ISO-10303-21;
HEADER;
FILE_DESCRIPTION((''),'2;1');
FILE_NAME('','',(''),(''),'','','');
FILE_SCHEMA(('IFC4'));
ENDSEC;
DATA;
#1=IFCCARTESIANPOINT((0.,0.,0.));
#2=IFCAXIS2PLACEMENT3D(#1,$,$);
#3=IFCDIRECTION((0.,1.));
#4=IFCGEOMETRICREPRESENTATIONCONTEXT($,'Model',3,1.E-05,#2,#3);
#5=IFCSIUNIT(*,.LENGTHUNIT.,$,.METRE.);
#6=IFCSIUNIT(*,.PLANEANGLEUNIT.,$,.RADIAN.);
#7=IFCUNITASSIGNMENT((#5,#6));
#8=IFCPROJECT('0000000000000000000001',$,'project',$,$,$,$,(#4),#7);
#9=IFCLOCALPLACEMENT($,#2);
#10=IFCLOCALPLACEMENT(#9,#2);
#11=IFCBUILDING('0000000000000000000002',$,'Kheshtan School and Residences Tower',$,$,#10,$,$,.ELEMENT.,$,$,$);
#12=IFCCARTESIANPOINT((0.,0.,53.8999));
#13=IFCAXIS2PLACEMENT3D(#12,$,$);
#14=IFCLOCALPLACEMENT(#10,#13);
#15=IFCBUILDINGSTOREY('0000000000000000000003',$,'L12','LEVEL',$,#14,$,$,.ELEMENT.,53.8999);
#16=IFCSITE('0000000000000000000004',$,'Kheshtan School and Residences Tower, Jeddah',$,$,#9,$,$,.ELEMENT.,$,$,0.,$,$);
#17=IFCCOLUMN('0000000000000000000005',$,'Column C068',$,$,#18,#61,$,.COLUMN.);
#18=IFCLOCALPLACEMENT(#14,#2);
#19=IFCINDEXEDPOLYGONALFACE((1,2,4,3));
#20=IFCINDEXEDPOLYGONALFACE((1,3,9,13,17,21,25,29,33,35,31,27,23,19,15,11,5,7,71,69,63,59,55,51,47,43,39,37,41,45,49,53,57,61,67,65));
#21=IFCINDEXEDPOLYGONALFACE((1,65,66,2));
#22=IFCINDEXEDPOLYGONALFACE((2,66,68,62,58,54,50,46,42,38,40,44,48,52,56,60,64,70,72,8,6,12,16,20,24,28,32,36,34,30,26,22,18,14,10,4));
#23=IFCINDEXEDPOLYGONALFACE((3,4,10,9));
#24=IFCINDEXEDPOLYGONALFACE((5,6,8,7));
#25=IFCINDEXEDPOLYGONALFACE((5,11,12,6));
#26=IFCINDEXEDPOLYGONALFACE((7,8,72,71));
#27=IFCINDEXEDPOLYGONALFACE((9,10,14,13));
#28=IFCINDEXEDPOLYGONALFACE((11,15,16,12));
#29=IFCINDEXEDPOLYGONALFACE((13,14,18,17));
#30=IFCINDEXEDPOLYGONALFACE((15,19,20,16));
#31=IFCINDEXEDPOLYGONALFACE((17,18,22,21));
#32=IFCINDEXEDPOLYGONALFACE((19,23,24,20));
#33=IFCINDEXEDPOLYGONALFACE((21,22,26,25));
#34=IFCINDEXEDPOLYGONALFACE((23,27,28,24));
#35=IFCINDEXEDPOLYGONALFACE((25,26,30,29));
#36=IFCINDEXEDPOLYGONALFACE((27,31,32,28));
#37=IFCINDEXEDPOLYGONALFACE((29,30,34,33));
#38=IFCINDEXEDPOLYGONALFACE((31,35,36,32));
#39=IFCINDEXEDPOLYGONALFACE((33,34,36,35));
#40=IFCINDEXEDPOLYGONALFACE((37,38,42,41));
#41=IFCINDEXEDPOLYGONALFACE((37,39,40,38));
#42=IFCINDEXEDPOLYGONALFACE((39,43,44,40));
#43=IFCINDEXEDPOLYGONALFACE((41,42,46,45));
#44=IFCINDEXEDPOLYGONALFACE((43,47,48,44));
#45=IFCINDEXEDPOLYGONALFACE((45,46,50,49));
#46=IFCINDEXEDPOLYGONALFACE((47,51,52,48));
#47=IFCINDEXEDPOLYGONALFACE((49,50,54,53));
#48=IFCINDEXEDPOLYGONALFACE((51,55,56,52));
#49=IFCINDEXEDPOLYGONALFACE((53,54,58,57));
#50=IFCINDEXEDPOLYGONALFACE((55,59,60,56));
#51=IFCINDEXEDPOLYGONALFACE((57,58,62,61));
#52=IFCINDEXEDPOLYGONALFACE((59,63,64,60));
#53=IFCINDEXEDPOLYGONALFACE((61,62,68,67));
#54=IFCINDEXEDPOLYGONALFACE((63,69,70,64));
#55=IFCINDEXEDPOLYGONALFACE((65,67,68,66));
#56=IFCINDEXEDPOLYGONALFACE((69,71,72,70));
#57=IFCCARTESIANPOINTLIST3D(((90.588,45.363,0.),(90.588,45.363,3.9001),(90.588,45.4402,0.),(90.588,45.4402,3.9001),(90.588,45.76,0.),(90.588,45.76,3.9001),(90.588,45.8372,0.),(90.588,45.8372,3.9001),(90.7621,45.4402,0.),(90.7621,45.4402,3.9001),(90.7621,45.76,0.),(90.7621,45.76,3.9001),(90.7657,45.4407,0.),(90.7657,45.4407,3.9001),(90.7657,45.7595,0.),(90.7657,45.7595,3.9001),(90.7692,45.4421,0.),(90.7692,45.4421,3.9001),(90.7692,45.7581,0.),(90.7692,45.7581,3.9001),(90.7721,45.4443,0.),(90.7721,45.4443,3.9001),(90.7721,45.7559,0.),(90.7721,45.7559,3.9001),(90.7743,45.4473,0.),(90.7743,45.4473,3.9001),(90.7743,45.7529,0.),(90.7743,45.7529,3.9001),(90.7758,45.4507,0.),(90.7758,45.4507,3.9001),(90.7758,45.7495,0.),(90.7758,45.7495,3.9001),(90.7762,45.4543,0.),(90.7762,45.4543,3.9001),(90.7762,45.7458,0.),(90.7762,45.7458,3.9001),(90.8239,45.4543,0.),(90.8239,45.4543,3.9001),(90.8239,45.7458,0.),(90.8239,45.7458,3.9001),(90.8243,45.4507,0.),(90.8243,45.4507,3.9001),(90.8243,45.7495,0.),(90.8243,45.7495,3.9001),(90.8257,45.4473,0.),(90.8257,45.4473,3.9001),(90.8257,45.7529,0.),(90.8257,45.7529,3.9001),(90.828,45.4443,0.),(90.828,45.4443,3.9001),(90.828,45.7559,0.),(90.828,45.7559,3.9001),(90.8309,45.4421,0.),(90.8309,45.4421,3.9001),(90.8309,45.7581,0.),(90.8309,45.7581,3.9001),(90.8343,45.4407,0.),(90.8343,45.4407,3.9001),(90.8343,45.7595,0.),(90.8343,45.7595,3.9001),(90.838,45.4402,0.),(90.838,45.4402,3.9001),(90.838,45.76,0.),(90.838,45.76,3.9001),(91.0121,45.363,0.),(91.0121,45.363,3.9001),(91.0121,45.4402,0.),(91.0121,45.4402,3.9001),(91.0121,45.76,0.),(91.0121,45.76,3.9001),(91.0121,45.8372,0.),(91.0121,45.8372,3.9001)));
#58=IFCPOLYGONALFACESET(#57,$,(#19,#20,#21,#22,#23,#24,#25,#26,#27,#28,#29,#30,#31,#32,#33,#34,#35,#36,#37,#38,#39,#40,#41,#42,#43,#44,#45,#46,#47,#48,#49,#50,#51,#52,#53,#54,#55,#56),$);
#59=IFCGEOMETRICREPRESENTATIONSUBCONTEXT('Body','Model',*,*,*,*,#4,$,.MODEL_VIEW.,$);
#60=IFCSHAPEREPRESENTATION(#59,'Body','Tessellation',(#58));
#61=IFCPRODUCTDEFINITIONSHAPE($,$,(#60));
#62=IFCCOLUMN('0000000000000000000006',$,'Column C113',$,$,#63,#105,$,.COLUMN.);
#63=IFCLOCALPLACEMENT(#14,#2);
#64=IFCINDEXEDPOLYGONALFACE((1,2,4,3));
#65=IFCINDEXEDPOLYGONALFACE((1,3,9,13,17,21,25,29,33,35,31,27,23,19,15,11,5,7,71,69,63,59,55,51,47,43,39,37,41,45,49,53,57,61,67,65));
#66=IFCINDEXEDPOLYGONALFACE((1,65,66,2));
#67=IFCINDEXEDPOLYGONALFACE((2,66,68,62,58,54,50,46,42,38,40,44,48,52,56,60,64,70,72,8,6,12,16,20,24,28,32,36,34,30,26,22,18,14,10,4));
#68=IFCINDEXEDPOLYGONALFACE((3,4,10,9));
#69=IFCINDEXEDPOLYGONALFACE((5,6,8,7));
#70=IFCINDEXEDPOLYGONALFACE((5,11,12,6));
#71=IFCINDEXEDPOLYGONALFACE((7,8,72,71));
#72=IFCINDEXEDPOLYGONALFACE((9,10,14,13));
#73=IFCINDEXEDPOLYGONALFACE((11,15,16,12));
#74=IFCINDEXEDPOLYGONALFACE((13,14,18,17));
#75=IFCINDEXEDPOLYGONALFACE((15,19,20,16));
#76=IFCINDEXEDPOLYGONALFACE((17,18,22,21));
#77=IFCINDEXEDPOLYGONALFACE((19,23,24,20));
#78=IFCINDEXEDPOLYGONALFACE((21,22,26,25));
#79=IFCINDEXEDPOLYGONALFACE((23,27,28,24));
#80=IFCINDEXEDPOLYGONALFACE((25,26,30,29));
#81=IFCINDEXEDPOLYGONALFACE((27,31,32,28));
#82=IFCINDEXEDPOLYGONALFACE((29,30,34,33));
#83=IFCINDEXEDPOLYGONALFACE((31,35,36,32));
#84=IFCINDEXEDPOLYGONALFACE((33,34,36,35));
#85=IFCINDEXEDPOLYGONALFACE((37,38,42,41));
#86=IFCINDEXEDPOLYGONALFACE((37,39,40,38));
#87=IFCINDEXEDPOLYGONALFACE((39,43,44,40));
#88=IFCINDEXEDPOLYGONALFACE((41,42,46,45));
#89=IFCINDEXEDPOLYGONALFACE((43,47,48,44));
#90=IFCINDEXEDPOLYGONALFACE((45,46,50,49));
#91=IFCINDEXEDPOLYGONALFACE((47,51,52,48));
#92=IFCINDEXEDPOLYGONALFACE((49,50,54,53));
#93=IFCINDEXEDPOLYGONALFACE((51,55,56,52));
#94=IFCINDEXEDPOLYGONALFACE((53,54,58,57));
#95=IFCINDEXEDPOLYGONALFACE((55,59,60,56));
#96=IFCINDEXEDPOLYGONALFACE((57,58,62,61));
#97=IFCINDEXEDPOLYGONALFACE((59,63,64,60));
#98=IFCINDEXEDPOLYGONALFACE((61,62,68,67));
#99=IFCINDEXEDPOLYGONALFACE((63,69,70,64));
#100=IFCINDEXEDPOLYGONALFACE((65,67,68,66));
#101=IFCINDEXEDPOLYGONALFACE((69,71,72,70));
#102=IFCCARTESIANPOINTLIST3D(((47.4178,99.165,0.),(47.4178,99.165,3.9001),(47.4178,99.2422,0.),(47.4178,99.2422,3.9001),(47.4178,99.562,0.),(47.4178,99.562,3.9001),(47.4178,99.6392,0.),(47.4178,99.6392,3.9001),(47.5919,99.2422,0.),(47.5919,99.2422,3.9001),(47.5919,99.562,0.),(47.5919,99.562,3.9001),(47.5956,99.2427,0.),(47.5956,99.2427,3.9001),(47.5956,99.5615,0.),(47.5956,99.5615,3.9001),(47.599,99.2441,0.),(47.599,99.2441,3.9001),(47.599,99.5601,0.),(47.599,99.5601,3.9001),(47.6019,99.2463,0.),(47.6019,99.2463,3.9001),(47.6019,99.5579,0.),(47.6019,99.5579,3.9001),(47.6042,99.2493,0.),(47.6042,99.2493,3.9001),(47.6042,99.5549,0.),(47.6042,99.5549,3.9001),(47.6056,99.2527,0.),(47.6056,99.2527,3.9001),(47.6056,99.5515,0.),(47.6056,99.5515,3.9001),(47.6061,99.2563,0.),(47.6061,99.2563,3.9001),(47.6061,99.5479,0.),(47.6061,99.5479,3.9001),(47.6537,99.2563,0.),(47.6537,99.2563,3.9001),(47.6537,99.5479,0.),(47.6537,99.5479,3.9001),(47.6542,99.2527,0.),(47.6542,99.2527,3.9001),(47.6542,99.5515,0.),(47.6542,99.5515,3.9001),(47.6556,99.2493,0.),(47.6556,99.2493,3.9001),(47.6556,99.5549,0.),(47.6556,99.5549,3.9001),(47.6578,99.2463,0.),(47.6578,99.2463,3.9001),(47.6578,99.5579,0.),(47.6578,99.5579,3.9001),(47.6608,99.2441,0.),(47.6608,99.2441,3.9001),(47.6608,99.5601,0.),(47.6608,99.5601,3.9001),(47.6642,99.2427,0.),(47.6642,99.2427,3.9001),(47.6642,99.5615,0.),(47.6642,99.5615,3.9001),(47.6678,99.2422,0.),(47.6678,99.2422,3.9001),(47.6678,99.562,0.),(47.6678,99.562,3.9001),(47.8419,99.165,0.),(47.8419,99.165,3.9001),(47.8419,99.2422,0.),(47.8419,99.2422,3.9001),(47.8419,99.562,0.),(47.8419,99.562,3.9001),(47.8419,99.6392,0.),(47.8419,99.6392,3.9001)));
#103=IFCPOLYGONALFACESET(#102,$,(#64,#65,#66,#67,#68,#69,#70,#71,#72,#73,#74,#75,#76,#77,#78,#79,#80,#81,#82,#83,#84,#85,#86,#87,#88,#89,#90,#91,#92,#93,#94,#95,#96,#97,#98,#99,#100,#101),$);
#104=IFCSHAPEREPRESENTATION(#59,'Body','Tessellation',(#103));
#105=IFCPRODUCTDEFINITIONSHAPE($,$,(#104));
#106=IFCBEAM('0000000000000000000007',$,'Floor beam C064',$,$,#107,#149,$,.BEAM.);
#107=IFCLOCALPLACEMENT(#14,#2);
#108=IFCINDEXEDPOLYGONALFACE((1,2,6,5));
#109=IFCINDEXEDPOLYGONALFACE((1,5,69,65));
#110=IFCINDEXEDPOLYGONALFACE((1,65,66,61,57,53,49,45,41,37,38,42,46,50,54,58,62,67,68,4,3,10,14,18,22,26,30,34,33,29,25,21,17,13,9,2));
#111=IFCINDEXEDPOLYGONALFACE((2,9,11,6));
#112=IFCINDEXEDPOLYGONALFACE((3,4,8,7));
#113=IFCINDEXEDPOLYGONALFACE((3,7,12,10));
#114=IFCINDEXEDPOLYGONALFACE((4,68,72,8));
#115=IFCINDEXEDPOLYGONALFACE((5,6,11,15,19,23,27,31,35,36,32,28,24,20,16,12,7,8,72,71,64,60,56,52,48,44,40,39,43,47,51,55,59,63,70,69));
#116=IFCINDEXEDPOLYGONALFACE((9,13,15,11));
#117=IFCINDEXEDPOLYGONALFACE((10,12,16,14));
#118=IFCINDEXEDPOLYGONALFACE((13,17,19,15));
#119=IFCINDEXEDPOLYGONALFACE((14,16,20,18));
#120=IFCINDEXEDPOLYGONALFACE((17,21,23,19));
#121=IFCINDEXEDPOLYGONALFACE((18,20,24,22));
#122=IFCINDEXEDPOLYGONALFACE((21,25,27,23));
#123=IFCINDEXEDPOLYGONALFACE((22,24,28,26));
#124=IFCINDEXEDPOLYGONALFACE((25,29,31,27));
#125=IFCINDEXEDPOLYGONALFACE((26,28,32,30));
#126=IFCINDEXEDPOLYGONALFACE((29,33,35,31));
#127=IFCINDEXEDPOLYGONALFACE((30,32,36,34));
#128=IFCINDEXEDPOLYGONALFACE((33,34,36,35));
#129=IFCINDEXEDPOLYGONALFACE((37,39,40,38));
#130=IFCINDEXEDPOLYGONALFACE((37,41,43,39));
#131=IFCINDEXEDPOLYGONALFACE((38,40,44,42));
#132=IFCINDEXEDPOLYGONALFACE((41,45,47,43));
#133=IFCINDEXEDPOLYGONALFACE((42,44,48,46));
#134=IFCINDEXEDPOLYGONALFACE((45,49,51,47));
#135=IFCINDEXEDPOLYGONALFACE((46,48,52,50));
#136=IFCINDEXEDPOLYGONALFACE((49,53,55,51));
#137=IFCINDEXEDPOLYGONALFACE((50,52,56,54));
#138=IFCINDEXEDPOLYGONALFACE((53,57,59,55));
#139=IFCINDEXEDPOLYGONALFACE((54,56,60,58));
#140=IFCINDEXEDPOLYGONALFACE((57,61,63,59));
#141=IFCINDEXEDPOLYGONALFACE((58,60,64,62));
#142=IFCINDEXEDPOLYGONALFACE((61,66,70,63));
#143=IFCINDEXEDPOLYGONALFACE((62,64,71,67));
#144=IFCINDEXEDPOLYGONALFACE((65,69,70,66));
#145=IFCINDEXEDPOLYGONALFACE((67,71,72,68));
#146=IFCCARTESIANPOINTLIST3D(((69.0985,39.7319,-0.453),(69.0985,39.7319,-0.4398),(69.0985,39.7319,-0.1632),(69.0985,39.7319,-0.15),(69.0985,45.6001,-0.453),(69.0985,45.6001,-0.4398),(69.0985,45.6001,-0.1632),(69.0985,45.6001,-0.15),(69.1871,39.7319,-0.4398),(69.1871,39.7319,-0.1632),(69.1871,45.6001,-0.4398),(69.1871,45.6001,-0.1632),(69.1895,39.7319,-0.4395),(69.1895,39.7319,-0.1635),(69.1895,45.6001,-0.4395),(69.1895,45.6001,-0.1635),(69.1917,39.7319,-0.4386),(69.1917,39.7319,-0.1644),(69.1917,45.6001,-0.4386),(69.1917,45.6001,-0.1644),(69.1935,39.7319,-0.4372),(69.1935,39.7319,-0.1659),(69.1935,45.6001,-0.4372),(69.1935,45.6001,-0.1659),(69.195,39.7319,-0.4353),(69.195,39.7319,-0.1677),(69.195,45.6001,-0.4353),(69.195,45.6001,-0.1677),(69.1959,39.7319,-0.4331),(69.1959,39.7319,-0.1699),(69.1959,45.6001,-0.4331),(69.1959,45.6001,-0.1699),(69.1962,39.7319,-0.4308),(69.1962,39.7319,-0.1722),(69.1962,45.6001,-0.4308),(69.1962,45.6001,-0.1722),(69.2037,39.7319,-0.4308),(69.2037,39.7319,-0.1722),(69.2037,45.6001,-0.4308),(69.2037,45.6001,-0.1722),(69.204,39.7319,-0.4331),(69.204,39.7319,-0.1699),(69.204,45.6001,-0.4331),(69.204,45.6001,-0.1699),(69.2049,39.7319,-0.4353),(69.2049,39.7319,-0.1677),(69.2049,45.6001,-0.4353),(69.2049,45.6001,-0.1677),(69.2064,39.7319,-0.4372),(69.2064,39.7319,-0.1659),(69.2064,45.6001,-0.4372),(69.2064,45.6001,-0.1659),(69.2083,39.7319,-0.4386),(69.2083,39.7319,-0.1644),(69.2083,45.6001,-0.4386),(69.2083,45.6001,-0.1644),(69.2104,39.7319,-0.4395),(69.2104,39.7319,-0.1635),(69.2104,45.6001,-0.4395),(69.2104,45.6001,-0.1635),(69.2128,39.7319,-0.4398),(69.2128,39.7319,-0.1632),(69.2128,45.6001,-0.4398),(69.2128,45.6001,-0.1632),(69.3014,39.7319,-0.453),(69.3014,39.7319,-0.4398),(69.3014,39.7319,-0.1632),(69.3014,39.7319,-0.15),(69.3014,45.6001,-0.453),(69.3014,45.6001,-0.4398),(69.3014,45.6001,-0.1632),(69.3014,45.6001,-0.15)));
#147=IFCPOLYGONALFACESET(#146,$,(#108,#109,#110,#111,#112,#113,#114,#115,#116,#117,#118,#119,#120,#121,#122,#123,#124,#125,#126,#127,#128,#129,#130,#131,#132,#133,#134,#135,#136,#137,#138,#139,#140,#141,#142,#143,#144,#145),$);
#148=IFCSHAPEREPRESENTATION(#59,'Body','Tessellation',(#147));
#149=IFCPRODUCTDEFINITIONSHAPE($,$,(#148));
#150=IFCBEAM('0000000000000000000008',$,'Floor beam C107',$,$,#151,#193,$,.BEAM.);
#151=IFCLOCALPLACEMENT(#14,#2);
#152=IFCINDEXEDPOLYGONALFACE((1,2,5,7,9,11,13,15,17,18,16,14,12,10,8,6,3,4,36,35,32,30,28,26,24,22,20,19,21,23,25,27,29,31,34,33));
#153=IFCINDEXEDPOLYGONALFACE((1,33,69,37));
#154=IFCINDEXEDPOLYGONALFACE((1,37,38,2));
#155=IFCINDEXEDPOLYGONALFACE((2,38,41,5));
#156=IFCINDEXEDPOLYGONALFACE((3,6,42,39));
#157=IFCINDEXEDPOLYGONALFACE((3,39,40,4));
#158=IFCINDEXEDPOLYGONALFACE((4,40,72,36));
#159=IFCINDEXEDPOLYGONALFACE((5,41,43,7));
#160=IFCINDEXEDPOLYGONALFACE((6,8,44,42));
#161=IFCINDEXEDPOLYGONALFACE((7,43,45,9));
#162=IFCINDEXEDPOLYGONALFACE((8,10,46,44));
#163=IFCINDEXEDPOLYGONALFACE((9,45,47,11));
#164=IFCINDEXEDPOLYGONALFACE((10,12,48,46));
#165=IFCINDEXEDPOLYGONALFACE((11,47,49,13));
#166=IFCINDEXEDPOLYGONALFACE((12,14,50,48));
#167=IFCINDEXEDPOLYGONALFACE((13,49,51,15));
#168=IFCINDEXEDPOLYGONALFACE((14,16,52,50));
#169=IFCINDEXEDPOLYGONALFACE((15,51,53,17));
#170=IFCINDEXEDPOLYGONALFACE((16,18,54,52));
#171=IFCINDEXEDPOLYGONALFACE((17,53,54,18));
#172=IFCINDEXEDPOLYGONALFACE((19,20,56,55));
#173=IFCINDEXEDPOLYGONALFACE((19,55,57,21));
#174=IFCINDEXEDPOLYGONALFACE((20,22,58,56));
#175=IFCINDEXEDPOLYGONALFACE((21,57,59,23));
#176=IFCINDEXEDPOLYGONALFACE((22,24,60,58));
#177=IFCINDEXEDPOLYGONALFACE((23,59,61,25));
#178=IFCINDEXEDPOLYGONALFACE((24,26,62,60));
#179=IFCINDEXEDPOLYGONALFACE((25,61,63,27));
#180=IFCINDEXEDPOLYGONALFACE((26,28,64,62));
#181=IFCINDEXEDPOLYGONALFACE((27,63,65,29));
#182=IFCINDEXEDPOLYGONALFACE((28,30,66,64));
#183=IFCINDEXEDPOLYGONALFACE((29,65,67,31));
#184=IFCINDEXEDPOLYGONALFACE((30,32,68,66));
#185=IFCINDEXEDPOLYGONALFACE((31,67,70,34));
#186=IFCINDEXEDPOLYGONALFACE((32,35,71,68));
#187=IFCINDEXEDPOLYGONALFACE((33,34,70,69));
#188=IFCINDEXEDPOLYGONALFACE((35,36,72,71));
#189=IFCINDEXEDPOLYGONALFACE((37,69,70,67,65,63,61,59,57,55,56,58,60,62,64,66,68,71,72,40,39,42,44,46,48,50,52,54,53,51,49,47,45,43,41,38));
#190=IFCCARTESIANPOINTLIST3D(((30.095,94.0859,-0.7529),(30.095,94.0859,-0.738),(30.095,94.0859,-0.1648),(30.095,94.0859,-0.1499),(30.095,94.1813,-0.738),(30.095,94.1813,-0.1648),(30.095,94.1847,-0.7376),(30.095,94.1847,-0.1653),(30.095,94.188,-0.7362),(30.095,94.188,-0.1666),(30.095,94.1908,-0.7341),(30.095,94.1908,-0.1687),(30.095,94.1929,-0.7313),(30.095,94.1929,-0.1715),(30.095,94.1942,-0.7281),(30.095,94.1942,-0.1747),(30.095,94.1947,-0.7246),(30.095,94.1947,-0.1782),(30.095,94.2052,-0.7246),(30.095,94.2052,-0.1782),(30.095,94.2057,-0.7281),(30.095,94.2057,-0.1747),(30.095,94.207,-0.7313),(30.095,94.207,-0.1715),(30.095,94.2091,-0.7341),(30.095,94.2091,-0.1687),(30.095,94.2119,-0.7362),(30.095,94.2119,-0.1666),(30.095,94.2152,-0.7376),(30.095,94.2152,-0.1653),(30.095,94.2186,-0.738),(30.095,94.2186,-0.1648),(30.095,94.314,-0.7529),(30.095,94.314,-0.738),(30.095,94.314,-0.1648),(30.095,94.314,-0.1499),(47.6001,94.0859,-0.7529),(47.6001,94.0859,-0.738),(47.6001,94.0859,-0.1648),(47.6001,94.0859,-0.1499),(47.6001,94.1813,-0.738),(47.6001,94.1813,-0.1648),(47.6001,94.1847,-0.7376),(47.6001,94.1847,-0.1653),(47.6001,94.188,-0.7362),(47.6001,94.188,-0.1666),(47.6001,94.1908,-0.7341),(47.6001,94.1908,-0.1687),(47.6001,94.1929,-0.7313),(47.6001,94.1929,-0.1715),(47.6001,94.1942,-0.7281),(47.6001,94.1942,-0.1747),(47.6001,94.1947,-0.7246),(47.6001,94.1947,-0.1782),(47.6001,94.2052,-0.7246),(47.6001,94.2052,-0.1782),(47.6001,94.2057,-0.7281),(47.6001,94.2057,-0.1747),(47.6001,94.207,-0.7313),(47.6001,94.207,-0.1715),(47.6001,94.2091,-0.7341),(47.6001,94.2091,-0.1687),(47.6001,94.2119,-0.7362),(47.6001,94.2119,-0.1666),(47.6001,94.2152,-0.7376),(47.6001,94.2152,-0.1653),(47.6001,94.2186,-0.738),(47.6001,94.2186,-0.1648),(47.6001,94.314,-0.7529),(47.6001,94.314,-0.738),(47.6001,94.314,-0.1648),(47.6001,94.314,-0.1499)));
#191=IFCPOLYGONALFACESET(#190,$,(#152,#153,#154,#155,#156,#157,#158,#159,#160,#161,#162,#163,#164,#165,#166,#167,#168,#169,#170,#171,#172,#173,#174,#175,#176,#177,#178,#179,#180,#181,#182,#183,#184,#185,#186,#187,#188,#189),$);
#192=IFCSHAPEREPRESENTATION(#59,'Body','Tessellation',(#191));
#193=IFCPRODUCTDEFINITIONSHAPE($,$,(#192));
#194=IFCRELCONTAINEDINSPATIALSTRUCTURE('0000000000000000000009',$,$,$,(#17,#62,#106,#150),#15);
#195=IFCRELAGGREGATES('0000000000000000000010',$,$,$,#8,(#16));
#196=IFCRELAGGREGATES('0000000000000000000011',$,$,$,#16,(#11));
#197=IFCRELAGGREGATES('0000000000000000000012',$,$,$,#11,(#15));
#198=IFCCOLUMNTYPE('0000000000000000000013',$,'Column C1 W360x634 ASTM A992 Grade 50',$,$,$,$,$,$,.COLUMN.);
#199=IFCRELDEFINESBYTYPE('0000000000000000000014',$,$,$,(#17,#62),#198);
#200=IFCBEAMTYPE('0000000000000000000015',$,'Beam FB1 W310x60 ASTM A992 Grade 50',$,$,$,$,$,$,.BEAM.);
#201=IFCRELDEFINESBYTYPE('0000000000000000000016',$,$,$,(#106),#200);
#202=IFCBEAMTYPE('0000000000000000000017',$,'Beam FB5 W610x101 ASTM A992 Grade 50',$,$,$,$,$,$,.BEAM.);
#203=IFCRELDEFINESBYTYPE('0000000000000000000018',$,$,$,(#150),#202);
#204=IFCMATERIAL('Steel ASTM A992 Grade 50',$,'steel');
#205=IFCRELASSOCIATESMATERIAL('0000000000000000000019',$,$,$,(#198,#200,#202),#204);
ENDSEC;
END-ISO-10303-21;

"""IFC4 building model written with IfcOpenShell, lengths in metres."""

from ifc_helpers import new_model, si_unit, direction, frame, origin, origin_2d, place, context, subcontext, project, spatial, i_section, extrude, material, material_profile, profile_set, type_object, element, save


model = new_model("IFC4")

# Units and contexts
model_context = context("Model", 3, precision=1e-05, world=origin(), true_north=direction((0.0, 1.0)))
body_context = subcontext(model_context, "Body", "Model", "MODEL_VIEW")
ifc_project = project(units=[si_unit("LENGTHUNIT", "METRE"), si_unit("PLANEANGLEUNIT", "RADIAN")], contexts=[model_context])

# Site, building, storey
site_placement = place(None, origin())
site = spatial("IfcSite", under=ifc_project, at=site_placement, Name="Kheshtan School and Residences Tower, Jeddah", CompositionType="ELEMENT", RefElevation=0.0)
building_placement = place(site_placement, origin())
building = spatial("IfcBuilding", under=site, at=building_placement, Name="Kheshtan School and Residences Tower", CompositionType="ELEMENT")
storey_placement = place(building_placement, frame((0.0, 0.0, 53.8999)))
storey = spatial("IfcBuildingStorey", under=building, at=storey_placement, Name="L12", Description="LEVEL", CompositionType="ELEMENT", Elevation=53.8999)

# Columns
ifc_material = material(Name="Steel ASTM A992 Grade 50", Category="steel")
ifc_material_profile_1 = material_profile(ifc_material, i_section(OverallWidth=0.4241, OverallDepth=0.4741, WebThickness=0.0476, FlangeThickness=0.0771, FilletRadius=0.0142, at=origin_2d()), Name="W360x634")
ifc_profile_set_1 = profile_set([ifc_material_profile_1], Name="Steel ASTM A992 Grade 50")
column_type = type_object("IfcColumnType", Name="Column C1 W360x634 ASTM A992 Grade 50", PredefinedType="COLUMN", material=ifc_profile_set_1)
for number, where, z_axis, x_axis, name in (
    (1, (90.8, 45.6001, 0.0), (0.0, 0.0, 1.0), (1.0, 0.0, 0.0), "Column C068"),
    (2, (47.6299, 99.4021, 0.0), (0.0, 0.0, 1.0), (1.0, 0.0, 0.0), "Column C113"),
):
    element("IfcColumn", number, at=place(storey_placement, frame(where, z_axis=z_axis, x_axis=x_axis)), inside=storey, type_object=column_type, Name=name, PredefinedType="COLUMN", context=body_context, shape_type="SweptSolid", body=[
        extrude(i_section(OverallWidth=0.4241, OverallDepth=0.4741, WebThickness=0.0476, FlangeThickness=0.0771, FilletRadius=0.0142, at=origin_2d()), origin(), (0.0, 0.0, 1.0), 3.9001),
    ])

# Beams
ifc_material_profile_2 = material_profile(ifc_material, i_section(OverallWidth=0.2029, OverallDepth=0.303, WebThickness=0.0076, FlangeThickness=0.0132, FilletRadius=0.009, at=origin_2d()), Name="W310x60")
ifc_profile_set_2 = profile_set([ifc_material_profile_2], Name="Steel ASTM A992 Grade 50")
beam_type_1 = type_object("IfcBeamType", Name="Beam FB1 W310x60 ASTM A992 Grade 50", PredefinedType="BEAM", material=ifc_profile_set_2)
beam_1_placement = place(storey_placement, frame((69.2, 45.6001, -0.3015), z_axis=(0.0, -1.0, 0.0), x_axis=(1.0, 0.0, 0.0)))
element("IfcBeam", 3, at=beam_1_placement, inside=storey, type_object=beam_type_1, Name="Floor beam C064", PredefinedType="BEAM", context=body_context, shape_type="SweptSolid", body=[
    extrude(i_section(OverallWidth=0.2029, OverallDepth=0.303, WebThickness=0.0076, FlangeThickness=0.0132, FilletRadius=0.009, at=origin_2d()), origin(), (0.0, 0.0, 1.0), 5.8682),
])
ifc_material_profile_3 = material_profile(ifc_material, i_section(OverallWidth=0.228, OverallDepth=0.603, WebThickness=0.0105, FlangeThickness=0.0149, FilletRadius=0.0134, at=origin_2d()), Name="W610x101")
ifc_profile_set_3 = profile_set([ifc_material_profile_3], Name="Steel ASTM A992 Grade 50")
beam_type_2 = type_object("IfcBeamType", Name="Beam FB5 W610x101 ASTM A992 Grade 50", PredefinedType="BEAM", material=ifc_profile_set_3)
beam_2_placement = place(storey_placement, frame((47.6001, 94.2, -0.4514), z_axis=(-1.0, 0.0, 0.0), x_axis=(0.0, -1.0, 0.0)))
element("IfcBeam", 4, at=beam_2_placement, inside=storey, type_object=beam_type_2, Name="Floor beam C107", PredefinedType="BEAM", context=body_context, shape_type="SweptSolid", body=[
    extrude(i_section(OverallWidth=0.228, OverallDepth=0.603, WebThickness=0.0105, FlangeThickness=0.0149, FilletRadius=0.0134, at=origin_2d()), origin(), (0.0, 0.0, 1.0), 17.5051),
])

save(model, "model.ifc")
